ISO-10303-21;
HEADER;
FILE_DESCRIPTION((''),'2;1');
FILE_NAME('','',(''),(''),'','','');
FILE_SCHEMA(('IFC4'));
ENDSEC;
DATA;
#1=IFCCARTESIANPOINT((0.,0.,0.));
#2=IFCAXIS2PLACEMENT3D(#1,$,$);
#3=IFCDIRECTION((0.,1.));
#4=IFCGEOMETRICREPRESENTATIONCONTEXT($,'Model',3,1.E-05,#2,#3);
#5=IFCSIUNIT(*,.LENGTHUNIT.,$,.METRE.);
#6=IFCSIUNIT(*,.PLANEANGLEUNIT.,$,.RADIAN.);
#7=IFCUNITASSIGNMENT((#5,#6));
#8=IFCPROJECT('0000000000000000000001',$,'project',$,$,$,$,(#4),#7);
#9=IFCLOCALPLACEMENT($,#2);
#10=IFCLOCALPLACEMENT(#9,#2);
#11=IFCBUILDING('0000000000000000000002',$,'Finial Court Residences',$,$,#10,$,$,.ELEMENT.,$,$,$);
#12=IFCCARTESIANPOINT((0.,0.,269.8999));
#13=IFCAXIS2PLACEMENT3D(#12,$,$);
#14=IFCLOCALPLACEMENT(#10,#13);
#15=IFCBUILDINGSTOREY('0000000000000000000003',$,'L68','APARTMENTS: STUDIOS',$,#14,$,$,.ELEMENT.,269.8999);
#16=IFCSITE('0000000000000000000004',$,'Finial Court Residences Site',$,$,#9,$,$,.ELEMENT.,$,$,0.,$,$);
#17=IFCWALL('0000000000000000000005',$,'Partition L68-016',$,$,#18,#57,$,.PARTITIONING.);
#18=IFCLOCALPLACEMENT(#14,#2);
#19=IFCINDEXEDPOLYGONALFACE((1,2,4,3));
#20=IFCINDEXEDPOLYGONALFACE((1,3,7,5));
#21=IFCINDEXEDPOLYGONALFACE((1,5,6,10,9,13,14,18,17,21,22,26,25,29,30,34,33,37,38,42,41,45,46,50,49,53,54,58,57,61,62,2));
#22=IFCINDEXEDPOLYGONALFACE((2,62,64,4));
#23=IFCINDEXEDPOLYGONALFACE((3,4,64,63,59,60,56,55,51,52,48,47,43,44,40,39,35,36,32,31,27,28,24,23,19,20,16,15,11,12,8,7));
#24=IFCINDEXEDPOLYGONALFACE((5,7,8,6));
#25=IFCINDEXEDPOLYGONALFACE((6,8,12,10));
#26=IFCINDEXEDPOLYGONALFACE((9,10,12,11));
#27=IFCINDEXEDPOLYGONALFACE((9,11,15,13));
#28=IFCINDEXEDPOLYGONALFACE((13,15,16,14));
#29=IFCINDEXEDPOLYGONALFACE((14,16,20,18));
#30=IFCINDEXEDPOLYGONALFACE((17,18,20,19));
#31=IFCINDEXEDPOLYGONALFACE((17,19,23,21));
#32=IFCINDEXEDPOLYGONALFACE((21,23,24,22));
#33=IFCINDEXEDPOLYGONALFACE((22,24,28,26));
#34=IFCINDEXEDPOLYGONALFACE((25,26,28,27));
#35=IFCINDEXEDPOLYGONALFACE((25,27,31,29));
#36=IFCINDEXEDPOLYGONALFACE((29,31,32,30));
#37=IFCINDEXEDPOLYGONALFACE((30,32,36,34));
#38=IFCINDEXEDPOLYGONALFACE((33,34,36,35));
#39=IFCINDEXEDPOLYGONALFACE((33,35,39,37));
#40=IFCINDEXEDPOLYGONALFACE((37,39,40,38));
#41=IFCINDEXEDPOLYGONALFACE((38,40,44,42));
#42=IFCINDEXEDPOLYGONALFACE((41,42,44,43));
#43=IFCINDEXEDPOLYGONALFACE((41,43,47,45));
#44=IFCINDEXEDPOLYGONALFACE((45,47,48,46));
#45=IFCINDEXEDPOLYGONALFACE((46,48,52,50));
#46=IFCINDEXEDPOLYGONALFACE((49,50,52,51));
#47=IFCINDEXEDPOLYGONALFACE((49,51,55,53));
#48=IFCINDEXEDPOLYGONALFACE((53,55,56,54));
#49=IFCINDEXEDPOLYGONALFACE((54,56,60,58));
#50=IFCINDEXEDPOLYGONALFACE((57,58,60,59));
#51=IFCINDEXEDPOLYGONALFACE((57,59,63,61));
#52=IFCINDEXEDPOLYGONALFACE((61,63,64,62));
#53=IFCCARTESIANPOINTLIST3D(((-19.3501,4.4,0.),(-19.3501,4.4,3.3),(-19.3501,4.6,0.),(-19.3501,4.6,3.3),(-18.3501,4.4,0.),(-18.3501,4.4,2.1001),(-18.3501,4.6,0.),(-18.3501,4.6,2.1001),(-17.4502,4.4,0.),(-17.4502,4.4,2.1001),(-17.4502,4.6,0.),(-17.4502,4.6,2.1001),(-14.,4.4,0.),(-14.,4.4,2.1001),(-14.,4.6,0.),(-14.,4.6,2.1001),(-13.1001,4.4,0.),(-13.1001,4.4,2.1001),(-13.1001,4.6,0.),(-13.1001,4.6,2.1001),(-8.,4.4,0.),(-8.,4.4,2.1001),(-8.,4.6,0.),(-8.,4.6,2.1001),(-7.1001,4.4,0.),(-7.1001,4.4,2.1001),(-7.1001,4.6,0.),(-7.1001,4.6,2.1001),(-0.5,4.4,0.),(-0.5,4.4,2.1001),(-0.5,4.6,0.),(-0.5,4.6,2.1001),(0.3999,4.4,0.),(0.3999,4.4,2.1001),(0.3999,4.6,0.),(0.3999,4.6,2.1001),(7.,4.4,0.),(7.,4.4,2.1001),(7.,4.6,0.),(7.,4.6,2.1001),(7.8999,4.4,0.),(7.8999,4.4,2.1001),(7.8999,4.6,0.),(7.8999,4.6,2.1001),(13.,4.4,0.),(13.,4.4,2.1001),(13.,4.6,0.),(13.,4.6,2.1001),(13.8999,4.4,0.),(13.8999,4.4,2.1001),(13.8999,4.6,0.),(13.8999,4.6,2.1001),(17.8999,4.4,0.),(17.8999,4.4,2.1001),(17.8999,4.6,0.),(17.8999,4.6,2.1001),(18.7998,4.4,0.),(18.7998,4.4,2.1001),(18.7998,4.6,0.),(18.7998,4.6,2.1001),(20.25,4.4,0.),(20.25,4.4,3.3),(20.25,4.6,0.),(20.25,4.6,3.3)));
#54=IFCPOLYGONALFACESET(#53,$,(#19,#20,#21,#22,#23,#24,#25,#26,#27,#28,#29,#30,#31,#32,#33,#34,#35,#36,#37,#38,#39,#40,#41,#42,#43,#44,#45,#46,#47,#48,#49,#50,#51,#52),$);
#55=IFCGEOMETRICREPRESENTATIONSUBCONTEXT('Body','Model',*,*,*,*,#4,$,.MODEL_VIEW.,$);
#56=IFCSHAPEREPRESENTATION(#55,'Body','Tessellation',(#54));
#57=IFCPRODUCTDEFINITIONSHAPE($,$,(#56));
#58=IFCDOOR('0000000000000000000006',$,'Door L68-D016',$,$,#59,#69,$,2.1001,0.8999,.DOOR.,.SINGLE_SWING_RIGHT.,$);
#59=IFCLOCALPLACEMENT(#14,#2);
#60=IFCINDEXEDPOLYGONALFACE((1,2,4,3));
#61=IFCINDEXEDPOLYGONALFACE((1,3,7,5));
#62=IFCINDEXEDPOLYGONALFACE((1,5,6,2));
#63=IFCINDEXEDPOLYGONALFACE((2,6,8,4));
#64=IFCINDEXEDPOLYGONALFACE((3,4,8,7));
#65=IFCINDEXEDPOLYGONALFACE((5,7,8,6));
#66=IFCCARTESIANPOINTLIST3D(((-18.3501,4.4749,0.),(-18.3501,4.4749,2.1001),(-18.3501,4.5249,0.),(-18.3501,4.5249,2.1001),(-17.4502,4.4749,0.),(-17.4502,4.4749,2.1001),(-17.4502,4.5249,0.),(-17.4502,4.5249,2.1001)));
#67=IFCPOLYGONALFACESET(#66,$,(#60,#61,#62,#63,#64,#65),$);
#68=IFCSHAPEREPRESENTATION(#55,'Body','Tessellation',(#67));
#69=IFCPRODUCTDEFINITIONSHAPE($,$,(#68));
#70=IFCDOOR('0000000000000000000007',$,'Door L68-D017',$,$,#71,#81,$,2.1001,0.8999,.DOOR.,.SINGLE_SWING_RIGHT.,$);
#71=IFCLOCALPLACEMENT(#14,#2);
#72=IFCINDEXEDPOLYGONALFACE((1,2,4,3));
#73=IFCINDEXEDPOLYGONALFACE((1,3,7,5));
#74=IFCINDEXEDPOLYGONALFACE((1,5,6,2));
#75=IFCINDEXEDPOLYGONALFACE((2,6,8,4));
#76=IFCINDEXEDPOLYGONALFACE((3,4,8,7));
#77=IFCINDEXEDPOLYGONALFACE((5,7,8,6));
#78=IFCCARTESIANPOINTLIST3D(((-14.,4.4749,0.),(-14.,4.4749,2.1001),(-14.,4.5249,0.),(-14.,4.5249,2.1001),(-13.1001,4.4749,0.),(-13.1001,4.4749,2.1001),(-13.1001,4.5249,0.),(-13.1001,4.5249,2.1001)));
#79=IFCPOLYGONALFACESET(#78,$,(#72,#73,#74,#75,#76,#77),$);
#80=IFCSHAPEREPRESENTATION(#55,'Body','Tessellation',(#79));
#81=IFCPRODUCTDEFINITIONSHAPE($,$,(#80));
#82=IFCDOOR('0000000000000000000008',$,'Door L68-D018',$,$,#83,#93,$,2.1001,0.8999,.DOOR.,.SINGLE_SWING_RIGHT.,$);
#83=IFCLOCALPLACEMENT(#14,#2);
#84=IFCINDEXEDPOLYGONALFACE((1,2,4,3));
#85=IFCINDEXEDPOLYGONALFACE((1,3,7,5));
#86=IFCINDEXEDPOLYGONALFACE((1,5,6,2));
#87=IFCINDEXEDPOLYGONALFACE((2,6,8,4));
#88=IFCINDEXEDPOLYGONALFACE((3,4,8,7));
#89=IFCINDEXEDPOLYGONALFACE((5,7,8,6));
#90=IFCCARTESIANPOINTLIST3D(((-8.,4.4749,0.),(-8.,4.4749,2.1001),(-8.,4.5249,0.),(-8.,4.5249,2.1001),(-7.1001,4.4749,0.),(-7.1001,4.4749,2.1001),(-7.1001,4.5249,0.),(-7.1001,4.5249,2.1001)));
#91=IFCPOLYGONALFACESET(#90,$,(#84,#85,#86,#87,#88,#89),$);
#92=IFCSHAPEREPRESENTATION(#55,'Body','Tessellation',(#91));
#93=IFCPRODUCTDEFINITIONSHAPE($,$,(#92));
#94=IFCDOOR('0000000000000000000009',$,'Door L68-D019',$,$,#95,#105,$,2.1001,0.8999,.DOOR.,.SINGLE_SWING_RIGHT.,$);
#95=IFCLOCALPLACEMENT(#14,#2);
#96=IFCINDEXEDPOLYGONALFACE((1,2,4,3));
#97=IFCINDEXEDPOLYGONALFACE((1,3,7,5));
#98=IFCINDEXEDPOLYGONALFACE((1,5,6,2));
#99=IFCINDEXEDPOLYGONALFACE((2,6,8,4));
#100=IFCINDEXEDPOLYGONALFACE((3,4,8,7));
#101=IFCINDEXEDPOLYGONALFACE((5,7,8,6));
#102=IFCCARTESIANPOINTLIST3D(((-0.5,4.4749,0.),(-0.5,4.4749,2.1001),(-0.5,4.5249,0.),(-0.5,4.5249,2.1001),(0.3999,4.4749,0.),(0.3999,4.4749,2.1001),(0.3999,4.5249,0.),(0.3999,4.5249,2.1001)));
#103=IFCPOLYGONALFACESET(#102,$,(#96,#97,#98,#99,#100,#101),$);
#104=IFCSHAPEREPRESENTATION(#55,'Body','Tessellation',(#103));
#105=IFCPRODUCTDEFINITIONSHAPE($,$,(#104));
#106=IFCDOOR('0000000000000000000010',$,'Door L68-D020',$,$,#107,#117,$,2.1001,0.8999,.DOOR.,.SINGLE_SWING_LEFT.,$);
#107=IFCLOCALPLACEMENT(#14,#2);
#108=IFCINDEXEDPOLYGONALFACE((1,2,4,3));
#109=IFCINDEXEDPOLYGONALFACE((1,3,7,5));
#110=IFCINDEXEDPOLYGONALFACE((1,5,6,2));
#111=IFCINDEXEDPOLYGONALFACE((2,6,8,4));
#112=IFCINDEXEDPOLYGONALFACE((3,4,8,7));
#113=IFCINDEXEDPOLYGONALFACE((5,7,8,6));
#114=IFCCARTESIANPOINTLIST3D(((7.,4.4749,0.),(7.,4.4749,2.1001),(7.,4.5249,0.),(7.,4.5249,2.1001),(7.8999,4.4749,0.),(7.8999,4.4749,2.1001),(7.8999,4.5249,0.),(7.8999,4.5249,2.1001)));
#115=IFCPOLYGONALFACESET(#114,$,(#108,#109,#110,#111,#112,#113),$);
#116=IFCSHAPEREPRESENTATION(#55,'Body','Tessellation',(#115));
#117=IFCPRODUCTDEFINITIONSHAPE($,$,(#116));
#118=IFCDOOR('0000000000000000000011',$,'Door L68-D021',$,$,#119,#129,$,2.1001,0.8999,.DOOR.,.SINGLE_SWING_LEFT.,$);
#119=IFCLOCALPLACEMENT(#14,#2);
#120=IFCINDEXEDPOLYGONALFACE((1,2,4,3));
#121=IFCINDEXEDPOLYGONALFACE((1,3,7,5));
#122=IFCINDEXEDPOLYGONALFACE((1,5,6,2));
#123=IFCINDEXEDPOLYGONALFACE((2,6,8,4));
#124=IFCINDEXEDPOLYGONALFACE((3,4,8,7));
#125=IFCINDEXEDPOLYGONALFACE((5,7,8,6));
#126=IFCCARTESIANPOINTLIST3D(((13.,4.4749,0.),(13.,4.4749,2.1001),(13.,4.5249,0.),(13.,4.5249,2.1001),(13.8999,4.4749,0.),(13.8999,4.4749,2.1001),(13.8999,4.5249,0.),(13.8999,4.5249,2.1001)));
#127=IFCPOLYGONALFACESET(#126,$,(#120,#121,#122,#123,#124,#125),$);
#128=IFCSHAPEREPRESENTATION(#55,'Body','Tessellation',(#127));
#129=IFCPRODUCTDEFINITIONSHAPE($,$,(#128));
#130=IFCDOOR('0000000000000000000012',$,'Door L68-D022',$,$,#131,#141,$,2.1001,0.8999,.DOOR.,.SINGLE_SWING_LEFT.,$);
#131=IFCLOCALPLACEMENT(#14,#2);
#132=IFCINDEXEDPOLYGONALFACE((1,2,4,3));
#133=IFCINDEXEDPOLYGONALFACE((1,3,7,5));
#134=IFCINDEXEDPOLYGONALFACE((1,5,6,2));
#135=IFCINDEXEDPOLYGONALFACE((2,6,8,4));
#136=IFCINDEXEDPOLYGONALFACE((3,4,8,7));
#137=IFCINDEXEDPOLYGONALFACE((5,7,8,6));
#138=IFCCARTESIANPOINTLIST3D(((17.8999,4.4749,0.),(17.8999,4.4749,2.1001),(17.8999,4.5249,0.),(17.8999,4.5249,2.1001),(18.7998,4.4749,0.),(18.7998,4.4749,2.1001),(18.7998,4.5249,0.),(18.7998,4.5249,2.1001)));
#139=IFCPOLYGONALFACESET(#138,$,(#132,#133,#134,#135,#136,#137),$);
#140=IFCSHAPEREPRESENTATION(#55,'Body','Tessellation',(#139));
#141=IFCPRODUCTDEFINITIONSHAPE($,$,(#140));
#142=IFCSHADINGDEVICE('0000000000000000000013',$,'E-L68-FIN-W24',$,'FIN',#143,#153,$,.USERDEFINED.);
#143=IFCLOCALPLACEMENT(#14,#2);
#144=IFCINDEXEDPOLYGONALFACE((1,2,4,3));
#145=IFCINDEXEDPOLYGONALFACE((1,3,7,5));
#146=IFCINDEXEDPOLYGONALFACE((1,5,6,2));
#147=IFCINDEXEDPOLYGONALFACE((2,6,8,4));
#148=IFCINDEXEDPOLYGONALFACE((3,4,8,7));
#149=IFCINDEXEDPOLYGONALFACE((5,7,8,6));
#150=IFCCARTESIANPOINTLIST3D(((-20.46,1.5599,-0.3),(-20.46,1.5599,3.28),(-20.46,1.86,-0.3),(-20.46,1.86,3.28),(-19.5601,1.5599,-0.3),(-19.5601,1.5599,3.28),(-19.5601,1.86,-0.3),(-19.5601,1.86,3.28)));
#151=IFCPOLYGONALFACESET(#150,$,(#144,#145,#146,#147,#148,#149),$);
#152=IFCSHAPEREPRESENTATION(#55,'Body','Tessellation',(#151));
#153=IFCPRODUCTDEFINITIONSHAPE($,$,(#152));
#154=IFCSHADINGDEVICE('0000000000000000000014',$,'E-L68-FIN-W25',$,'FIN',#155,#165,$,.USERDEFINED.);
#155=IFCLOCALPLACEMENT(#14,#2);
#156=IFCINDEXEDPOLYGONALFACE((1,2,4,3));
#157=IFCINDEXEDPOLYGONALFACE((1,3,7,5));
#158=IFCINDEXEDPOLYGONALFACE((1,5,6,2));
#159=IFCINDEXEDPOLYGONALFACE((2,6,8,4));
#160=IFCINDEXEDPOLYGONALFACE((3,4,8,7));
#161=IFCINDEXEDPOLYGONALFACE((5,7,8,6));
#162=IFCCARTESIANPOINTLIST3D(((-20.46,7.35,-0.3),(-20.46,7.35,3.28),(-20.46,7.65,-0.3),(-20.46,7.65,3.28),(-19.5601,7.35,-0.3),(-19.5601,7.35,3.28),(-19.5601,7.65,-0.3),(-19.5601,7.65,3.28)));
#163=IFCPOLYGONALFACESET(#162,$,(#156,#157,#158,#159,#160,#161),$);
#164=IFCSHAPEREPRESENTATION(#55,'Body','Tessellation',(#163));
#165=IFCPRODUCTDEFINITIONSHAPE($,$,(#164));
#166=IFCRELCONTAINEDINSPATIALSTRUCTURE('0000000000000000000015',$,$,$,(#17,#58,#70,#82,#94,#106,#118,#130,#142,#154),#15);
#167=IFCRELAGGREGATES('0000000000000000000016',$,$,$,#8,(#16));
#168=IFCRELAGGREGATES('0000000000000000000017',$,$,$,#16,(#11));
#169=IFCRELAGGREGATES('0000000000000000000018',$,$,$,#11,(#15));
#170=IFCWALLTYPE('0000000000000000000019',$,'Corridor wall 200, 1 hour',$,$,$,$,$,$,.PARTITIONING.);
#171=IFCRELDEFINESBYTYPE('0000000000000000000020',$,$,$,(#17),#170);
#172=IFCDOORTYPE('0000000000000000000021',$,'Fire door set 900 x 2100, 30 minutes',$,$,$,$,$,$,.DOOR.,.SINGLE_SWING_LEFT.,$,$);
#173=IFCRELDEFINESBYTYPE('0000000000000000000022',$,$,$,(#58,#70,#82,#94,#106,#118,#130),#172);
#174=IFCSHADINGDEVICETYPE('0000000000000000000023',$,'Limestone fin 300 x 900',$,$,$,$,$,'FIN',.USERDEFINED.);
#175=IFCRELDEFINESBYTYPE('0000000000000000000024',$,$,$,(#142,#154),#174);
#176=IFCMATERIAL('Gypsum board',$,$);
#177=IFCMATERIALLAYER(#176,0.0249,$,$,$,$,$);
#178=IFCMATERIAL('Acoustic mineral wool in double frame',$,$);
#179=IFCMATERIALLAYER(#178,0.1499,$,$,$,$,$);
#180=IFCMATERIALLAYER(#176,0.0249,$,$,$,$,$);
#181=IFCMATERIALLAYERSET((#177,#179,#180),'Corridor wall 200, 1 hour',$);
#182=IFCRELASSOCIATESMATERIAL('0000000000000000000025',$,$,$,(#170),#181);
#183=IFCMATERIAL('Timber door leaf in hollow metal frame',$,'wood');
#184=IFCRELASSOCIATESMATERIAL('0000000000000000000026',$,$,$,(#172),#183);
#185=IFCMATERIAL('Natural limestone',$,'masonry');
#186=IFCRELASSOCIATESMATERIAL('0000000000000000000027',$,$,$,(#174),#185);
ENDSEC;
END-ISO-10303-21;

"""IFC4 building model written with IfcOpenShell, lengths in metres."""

from ifc_helpers import new_model, si_unit, direction, frame, frame_2d, origin, origin_2d, place, context, subcontext, project, spatial, rectangle, extrude, material, layer, layer_set, type_object, element, fill, save


model = new_model("IFC4")

# Units and contexts
model_context = context("Model", 3, precision=1e-05, world=origin(), true_north=direction((0.0, 1.0)))
body_context = subcontext(model_context, "Body", "Model", "MODEL_VIEW")
ifc_project = project(units=[si_unit("LENGTHUNIT", "METRE"), si_unit("PLANEANGLEUNIT", "RADIAN")], contexts=[model_context])

# Site, building, storey
site_placement = place(None, origin())
site = spatial("IfcSite", under=ifc_project, at=site_placement, Name="Finial Court Residences Site", CompositionType="ELEMENT", RefElevation=0.0)
building_placement = place(site_placement, origin())
building = spatial("IfcBuilding", under=site, at=building_placement, Name="Finial Court Residences", CompositionType="ELEMENT")
storey_placement = place(building_placement, frame((0.0, 0.0, 269.8999)))
storey = spatial("IfcBuildingStorey", under=building, at=storey_placement, Name="L68", Description="APARTMENTS: STUDIOS", CompositionType="ELEMENT", Elevation=269.8999)

# Shared definitions
ifc_material_1 = material(Name="Gypsum board")
ifc_layer_1 = layer(ifc_material_1, 0.0249)
ifc_material_2 = material(Name="Acoustic mineral wool in double frame")
ifc_layer_2 = layer(ifc_material_2, 0.1499)
ifc_layer_3 = layer(ifc_material_1, 0.0249)
ifc_layer_set_1 = layer_set([ifc_layer_1, ifc_layer_2, ifc_layer_3], Name="Corridor wall 200, 1 hour")
wall_type = type_object("IfcWallType", Name="Corridor wall 200, 1 hour", PredefinedType="PARTITIONING", material=ifc_layer_set_1)

# Wall, openings, doors
wall_1_placement = place(storey_placement, frame((-19.3501, 4.5, 0.0), z_axis=(0.0, 0.0, 1.0), x_axis=(1.0, 0.0, 0.0)))
wall_1 = element("IfcWall", 1, at=wall_1_placement, inside=storey, type_object=wall_type, Name="Partition L68-016", PredefinedType="PARTITIONING", context=body_context, shape_type="SweptSolid", body=[
    extrude(rectangle(XDim=39.6001, YDim=0.2, at=frame_2d((19.8, 0.0))), origin(), (0.0, 0.0, 1.0), 3.3),
])
opening_1_placement = place(wall_1_placement, frame((1.0, 0.0, 0.0)))
opening_1 = element("IfcOpeningElement", 2, at=opening_1_placement, cuts=wall_1, PredefinedType="OPENING", context=body_context, shape_type="SweptSolid", body=[
    extrude(rectangle(XDim=0.8999, YDim=2.1001, at=frame_2d((0.45, 1.05))), frame((0.0, 0.1099, 0.0), z_axis=(0.0, -1.0, 0.0), x_axis=(1.0, 0.0, 0.0)), (0.0, 0.0, 1.0), 0.22),
])
opening_2_placement = place(wall_1_placement, frame((5.3501, 0.0, 0.0)))
opening_2 = element("IfcOpeningElement", 3, at=opening_2_placement, cuts=wall_1, PredefinedType="OPENING", context=body_context, shape_type="SweptSolid", body=[
    extrude(rectangle(XDim=0.8999, YDim=2.1001, at=frame_2d((0.45, 1.05))), frame((0.0, 0.1099, 0.0), z_axis=(0.0, -1.0, 0.0), x_axis=(1.0, 0.0, 0.0)), (0.0, 0.0, 1.0), 0.22),
])
opening_3_placement = place(wall_1_placement, frame((11.3501, 0.0, 0.0)))
opening_3 = element("IfcOpeningElement", 4, at=opening_3_placement, cuts=wall_1, PredefinedType="OPENING", context=body_context, shape_type="SweptSolid", body=[
    extrude(rectangle(XDim=0.8999, YDim=2.1001, at=frame_2d((0.45, 1.05))), frame((0.0, 0.1099, 0.0), z_axis=(0.0, -1.0, 0.0), x_axis=(1.0, 0.0, 0.0)), (0.0, 0.0, 1.0), 0.22),
])
opening_4_placement = place(wall_1_placement, frame((18.8501, 0.0, 0.0)))
opening_4 = element("IfcOpeningElement", 5, at=opening_4_placement, cuts=wall_1, PredefinedType="OPENING", context=body_context, shape_type="SweptSolid", body=[
    extrude(rectangle(XDim=0.8999, YDim=2.1001, at=frame_2d((0.45, 1.05))), frame((0.0, 0.1099, 0.0), z_axis=(0.0, -1.0, 0.0), x_axis=(1.0, 0.0, 0.0)), (0.0, 0.0, 1.0), 0.22),
])
opening_5_placement = place(wall_1_placement, frame((26.3501, 0.0, 0.0)))
opening_5 = element("IfcOpeningElement", 6, at=opening_5_placement, cuts=wall_1, PredefinedType="OPENING", context=body_context, shape_type="SweptSolid", body=[
    extrude(rectangle(XDim=0.8999, YDim=2.1001, at=frame_2d((0.45, 1.05))), frame((0.0, 0.1099, 0.0), z_axis=(0.0, -1.0, 0.0), x_axis=(1.0, 0.0, 0.0)), (0.0, 0.0, 1.0), 0.22),
])
opening_6_placement = place(wall_1_placement, frame((32.3501, 0.0, 0.0)))
opening_6 = element("IfcOpeningElement", 7, at=opening_6_placement, cuts=wall_1, PredefinedType="OPENING", context=body_context, shape_type="SweptSolid", body=[
    extrude(rectangle(XDim=0.8999, YDim=2.1001, at=frame_2d((0.45, 1.05))), frame((0.0, 0.1099, 0.0), z_axis=(0.0, -1.0, 0.0), x_axis=(1.0, 0.0, 0.0)), (0.0, 0.0, 1.0), 0.22),
])
opening_7_placement = place(wall_1_placement, frame((37.25, 0.0, 0.0)))
opening_7 = element("IfcOpeningElement", 8, at=opening_7_placement, cuts=wall_1, PredefinedType="OPENING", context=body_context, shape_type="SweptSolid", body=[
    extrude(rectangle(XDim=0.8999, YDim=2.1001, at=frame_2d((0.45, 1.05))), frame((0.0, 0.1099, 0.0), z_axis=(0.0, -1.0, 0.0), x_axis=(1.0, 0.0, 0.0)), (0.0, 0.0, 1.0), 0.22),
])
ifc_material_3 = material(Name="Timber door leaf in hollow metal frame", Category="wood")
door_type = type_object("IfcDoorType", Name="Fire door set 900 x 2100, 30 minutes", OperationType="SINGLE_SWING_LEFT", PredefinedType="DOOR", material=ifc_material_3)
door_1_placement = place(opening_1_placement, origin())
door_1 = element("IfcDoor", 9, at=door_1_placement, inside=storey, type_object=door_type, Name="Door L68-D016", OperationType="SINGLE_SWING_RIGHT", OverallHeight=2.1001, OverallWidth=0.8999, PredefinedType="DOOR", context=body_context, shape_type="SweptSolid", body=[
    extrude(rectangle(XDim=0.8999, YDim=2.1001, at=frame_2d((0.45, 1.05))), frame((0.0, 0.0249, 0.0), z_axis=(0.0, -1.0, 0.0), x_axis=(1.0, 0.0, 0.0)), (0.0, 0.0, 1.0), 0.05),
])
fill(opening_1, door_1)
door_2_placement = place(opening_2_placement, origin())
door_2 = element("IfcDoor", 10, at=door_2_placement, inside=storey, type_object=door_type, Name="Door L68-D017", OperationType="SINGLE_SWING_RIGHT", OverallHeight=2.1001, OverallWidth=0.8999, PredefinedType="DOOR", context=body_context, shape_type="SweptSolid", body=[
    extrude(rectangle(XDim=0.8999, YDim=2.1001, at=frame_2d((0.45, 1.05))), frame((0.0, 0.0249, 0.0), z_axis=(0.0, -1.0, 0.0), x_axis=(1.0, 0.0, 0.0)), (0.0, 0.0, 1.0), 0.05),
])
fill(opening_2, door_2)
door_3_placement = place(opening_3_placement, origin())
door_3 = element("IfcDoor", 11, at=door_3_placement, inside=storey, type_object=door_type, Name="Door L68-D018", OperationType="SINGLE_SWING_RIGHT", OverallHeight=2.1001, OverallWidth=0.8999, PredefinedType="DOOR", context=body_context, shape_type="SweptSolid", body=[
    extrude(rectangle(XDim=0.8999, YDim=2.1001, at=frame_2d((0.45, 1.05))), frame((0.0, 0.0249, 0.0), z_axis=(0.0, -1.0, 0.0), x_axis=(1.0, 0.0, 0.0)), (0.0, 0.0, 1.0), 0.05),
])
fill(opening_3, door_3)
door_4_placement = place(opening_4_placement, origin())
door_4 = element("IfcDoor", 12, at=door_4_placement, inside=storey, type_object=door_type, Name="Door L68-D019", OperationType="SINGLE_SWING_RIGHT", OverallHeight=2.1001, OverallWidth=0.8999, PredefinedType="DOOR", context=body_context, shape_type="SweptSolid", body=[
    extrude(rectangle(XDim=0.8999, YDim=2.1001, at=frame_2d((0.45, 1.05))), frame((0.0, 0.0249, 0.0), z_axis=(0.0, -1.0, 0.0), x_axis=(1.0, 0.0, 0.0)), (0.0, 0.0, 1.0), 0.05),
])
fill(opening_4, door_4)
door_5_placement = place(opening_5_placement, origin())
door_5 = element("IfcDoor", 13, at=door_5_placement, inside=storey, type_object=door_type, Name="Door L68-D020", OperationType="SINGLE_SWING_LEFT", OverallHeight=2.1001, OverallWidth=0.8999, PredefinedType="DOOR", context=body_context, shape_type="SweptSolid", body=[
    extrude(rectangle(XDim=0.8999, YDim=2.1001, at=frame_2d((0.45, 1.05))), frame((0.0, 0.0249, 0.0), z_axis=(0.0, -1.0, 0.0), x_axis=(1.0, 0.0, 0.0)), (0.0, 0.0, 1.0), 0.05),
])
fill(opening_5, door_5)
door_6_placement = place(opening_6_placement, origin())
door_6 = element("IfcDoor", 14, at=door_6_placement, inside=storey, type_object=door_type, Name="Door L68-D021", OperationType="SINGLE_SWING_LEFT", OverallHeight=2.1001, OverallWidth=0.8999, PredefinedType="DOOR", context=body_context, shape_type="SweptSolid", body=[
    extrude(rectangle(XDim=0.8999, YDim=2.1001, at=frame_2d((0.45, 1.05))), frame((0.0, 0.0249, 0.0), z_axis=(0.0, -1.0, 0.0), x_axis=(1.0, 0.0, 0.0)), (0.0, 0.0, 1.0), 0.05),
])
fill(opening_6, door_6)
door_7_placement = place(opening_7_placement, origin())
door_7 = element("IfcDoor", 15, at=door_7_placement, inside=storey, type_object=door_type, Name="Door L68-D022", OperationType="SINGLE_SWING_LEFT", OverallHeight=2.1001, OverallWidth=0.8999, PredefinedType="DOOR", context=body_context, shape_type="SweptSolid", body=[
    extrude(rectangle(XDim=0.8999, YDim=2.1001, at=frame_2d((0.45, 1.05))), frame((0.0, 0.0249, 0.0), z_axis=(0.0, -1.0, 0.0), x_axis=(1.0, 0.0, 0.0)), (0.0, 0.0, 1.0), 0.05),
])
fill(opening_7, door_7)

# Shading devices
ifc_material_4 = material(Name="Natural limestone", Category="masonry")
shading_device_type = type_object("IfcShadingDeviceType", Name="Limestone fin 300 x 900", ElementType="FIN", PredefinedType="USERDEFINED", material=ifc_material_4)
for number, where, z_axis, x_axis, name in (
    (16, (-20.01, 1.71, -0.3), (0.0, 0.0, 1.0), (1.0, 0.0, 0.0), "E-L68-FIN-W24"),
    (17, (-20.01, 7.5, -0.3), (0.0, 0.0, 1.0), (1.0, 0.0, 0.0), "E-L68-FIN-W25"),
):
    element("IfcShadingDevice", number, at=place(storey_placement, frame(where, z_axis=z_axis, x_axis=x_axis)), inside=storey, type_object=shading_device_type, Name=name, ObjectType="FIN", PredefinedType="USERDEFINED", context=body_context, shape_type="SweptSolid", body=[
        extrude(rectangle(XDim=0.8999, YDim=0.3, at=origin_2d()), origin(), (0.0, 0.0, 1.0), 3.5801),
    ])

save(model, "model.ifc")
